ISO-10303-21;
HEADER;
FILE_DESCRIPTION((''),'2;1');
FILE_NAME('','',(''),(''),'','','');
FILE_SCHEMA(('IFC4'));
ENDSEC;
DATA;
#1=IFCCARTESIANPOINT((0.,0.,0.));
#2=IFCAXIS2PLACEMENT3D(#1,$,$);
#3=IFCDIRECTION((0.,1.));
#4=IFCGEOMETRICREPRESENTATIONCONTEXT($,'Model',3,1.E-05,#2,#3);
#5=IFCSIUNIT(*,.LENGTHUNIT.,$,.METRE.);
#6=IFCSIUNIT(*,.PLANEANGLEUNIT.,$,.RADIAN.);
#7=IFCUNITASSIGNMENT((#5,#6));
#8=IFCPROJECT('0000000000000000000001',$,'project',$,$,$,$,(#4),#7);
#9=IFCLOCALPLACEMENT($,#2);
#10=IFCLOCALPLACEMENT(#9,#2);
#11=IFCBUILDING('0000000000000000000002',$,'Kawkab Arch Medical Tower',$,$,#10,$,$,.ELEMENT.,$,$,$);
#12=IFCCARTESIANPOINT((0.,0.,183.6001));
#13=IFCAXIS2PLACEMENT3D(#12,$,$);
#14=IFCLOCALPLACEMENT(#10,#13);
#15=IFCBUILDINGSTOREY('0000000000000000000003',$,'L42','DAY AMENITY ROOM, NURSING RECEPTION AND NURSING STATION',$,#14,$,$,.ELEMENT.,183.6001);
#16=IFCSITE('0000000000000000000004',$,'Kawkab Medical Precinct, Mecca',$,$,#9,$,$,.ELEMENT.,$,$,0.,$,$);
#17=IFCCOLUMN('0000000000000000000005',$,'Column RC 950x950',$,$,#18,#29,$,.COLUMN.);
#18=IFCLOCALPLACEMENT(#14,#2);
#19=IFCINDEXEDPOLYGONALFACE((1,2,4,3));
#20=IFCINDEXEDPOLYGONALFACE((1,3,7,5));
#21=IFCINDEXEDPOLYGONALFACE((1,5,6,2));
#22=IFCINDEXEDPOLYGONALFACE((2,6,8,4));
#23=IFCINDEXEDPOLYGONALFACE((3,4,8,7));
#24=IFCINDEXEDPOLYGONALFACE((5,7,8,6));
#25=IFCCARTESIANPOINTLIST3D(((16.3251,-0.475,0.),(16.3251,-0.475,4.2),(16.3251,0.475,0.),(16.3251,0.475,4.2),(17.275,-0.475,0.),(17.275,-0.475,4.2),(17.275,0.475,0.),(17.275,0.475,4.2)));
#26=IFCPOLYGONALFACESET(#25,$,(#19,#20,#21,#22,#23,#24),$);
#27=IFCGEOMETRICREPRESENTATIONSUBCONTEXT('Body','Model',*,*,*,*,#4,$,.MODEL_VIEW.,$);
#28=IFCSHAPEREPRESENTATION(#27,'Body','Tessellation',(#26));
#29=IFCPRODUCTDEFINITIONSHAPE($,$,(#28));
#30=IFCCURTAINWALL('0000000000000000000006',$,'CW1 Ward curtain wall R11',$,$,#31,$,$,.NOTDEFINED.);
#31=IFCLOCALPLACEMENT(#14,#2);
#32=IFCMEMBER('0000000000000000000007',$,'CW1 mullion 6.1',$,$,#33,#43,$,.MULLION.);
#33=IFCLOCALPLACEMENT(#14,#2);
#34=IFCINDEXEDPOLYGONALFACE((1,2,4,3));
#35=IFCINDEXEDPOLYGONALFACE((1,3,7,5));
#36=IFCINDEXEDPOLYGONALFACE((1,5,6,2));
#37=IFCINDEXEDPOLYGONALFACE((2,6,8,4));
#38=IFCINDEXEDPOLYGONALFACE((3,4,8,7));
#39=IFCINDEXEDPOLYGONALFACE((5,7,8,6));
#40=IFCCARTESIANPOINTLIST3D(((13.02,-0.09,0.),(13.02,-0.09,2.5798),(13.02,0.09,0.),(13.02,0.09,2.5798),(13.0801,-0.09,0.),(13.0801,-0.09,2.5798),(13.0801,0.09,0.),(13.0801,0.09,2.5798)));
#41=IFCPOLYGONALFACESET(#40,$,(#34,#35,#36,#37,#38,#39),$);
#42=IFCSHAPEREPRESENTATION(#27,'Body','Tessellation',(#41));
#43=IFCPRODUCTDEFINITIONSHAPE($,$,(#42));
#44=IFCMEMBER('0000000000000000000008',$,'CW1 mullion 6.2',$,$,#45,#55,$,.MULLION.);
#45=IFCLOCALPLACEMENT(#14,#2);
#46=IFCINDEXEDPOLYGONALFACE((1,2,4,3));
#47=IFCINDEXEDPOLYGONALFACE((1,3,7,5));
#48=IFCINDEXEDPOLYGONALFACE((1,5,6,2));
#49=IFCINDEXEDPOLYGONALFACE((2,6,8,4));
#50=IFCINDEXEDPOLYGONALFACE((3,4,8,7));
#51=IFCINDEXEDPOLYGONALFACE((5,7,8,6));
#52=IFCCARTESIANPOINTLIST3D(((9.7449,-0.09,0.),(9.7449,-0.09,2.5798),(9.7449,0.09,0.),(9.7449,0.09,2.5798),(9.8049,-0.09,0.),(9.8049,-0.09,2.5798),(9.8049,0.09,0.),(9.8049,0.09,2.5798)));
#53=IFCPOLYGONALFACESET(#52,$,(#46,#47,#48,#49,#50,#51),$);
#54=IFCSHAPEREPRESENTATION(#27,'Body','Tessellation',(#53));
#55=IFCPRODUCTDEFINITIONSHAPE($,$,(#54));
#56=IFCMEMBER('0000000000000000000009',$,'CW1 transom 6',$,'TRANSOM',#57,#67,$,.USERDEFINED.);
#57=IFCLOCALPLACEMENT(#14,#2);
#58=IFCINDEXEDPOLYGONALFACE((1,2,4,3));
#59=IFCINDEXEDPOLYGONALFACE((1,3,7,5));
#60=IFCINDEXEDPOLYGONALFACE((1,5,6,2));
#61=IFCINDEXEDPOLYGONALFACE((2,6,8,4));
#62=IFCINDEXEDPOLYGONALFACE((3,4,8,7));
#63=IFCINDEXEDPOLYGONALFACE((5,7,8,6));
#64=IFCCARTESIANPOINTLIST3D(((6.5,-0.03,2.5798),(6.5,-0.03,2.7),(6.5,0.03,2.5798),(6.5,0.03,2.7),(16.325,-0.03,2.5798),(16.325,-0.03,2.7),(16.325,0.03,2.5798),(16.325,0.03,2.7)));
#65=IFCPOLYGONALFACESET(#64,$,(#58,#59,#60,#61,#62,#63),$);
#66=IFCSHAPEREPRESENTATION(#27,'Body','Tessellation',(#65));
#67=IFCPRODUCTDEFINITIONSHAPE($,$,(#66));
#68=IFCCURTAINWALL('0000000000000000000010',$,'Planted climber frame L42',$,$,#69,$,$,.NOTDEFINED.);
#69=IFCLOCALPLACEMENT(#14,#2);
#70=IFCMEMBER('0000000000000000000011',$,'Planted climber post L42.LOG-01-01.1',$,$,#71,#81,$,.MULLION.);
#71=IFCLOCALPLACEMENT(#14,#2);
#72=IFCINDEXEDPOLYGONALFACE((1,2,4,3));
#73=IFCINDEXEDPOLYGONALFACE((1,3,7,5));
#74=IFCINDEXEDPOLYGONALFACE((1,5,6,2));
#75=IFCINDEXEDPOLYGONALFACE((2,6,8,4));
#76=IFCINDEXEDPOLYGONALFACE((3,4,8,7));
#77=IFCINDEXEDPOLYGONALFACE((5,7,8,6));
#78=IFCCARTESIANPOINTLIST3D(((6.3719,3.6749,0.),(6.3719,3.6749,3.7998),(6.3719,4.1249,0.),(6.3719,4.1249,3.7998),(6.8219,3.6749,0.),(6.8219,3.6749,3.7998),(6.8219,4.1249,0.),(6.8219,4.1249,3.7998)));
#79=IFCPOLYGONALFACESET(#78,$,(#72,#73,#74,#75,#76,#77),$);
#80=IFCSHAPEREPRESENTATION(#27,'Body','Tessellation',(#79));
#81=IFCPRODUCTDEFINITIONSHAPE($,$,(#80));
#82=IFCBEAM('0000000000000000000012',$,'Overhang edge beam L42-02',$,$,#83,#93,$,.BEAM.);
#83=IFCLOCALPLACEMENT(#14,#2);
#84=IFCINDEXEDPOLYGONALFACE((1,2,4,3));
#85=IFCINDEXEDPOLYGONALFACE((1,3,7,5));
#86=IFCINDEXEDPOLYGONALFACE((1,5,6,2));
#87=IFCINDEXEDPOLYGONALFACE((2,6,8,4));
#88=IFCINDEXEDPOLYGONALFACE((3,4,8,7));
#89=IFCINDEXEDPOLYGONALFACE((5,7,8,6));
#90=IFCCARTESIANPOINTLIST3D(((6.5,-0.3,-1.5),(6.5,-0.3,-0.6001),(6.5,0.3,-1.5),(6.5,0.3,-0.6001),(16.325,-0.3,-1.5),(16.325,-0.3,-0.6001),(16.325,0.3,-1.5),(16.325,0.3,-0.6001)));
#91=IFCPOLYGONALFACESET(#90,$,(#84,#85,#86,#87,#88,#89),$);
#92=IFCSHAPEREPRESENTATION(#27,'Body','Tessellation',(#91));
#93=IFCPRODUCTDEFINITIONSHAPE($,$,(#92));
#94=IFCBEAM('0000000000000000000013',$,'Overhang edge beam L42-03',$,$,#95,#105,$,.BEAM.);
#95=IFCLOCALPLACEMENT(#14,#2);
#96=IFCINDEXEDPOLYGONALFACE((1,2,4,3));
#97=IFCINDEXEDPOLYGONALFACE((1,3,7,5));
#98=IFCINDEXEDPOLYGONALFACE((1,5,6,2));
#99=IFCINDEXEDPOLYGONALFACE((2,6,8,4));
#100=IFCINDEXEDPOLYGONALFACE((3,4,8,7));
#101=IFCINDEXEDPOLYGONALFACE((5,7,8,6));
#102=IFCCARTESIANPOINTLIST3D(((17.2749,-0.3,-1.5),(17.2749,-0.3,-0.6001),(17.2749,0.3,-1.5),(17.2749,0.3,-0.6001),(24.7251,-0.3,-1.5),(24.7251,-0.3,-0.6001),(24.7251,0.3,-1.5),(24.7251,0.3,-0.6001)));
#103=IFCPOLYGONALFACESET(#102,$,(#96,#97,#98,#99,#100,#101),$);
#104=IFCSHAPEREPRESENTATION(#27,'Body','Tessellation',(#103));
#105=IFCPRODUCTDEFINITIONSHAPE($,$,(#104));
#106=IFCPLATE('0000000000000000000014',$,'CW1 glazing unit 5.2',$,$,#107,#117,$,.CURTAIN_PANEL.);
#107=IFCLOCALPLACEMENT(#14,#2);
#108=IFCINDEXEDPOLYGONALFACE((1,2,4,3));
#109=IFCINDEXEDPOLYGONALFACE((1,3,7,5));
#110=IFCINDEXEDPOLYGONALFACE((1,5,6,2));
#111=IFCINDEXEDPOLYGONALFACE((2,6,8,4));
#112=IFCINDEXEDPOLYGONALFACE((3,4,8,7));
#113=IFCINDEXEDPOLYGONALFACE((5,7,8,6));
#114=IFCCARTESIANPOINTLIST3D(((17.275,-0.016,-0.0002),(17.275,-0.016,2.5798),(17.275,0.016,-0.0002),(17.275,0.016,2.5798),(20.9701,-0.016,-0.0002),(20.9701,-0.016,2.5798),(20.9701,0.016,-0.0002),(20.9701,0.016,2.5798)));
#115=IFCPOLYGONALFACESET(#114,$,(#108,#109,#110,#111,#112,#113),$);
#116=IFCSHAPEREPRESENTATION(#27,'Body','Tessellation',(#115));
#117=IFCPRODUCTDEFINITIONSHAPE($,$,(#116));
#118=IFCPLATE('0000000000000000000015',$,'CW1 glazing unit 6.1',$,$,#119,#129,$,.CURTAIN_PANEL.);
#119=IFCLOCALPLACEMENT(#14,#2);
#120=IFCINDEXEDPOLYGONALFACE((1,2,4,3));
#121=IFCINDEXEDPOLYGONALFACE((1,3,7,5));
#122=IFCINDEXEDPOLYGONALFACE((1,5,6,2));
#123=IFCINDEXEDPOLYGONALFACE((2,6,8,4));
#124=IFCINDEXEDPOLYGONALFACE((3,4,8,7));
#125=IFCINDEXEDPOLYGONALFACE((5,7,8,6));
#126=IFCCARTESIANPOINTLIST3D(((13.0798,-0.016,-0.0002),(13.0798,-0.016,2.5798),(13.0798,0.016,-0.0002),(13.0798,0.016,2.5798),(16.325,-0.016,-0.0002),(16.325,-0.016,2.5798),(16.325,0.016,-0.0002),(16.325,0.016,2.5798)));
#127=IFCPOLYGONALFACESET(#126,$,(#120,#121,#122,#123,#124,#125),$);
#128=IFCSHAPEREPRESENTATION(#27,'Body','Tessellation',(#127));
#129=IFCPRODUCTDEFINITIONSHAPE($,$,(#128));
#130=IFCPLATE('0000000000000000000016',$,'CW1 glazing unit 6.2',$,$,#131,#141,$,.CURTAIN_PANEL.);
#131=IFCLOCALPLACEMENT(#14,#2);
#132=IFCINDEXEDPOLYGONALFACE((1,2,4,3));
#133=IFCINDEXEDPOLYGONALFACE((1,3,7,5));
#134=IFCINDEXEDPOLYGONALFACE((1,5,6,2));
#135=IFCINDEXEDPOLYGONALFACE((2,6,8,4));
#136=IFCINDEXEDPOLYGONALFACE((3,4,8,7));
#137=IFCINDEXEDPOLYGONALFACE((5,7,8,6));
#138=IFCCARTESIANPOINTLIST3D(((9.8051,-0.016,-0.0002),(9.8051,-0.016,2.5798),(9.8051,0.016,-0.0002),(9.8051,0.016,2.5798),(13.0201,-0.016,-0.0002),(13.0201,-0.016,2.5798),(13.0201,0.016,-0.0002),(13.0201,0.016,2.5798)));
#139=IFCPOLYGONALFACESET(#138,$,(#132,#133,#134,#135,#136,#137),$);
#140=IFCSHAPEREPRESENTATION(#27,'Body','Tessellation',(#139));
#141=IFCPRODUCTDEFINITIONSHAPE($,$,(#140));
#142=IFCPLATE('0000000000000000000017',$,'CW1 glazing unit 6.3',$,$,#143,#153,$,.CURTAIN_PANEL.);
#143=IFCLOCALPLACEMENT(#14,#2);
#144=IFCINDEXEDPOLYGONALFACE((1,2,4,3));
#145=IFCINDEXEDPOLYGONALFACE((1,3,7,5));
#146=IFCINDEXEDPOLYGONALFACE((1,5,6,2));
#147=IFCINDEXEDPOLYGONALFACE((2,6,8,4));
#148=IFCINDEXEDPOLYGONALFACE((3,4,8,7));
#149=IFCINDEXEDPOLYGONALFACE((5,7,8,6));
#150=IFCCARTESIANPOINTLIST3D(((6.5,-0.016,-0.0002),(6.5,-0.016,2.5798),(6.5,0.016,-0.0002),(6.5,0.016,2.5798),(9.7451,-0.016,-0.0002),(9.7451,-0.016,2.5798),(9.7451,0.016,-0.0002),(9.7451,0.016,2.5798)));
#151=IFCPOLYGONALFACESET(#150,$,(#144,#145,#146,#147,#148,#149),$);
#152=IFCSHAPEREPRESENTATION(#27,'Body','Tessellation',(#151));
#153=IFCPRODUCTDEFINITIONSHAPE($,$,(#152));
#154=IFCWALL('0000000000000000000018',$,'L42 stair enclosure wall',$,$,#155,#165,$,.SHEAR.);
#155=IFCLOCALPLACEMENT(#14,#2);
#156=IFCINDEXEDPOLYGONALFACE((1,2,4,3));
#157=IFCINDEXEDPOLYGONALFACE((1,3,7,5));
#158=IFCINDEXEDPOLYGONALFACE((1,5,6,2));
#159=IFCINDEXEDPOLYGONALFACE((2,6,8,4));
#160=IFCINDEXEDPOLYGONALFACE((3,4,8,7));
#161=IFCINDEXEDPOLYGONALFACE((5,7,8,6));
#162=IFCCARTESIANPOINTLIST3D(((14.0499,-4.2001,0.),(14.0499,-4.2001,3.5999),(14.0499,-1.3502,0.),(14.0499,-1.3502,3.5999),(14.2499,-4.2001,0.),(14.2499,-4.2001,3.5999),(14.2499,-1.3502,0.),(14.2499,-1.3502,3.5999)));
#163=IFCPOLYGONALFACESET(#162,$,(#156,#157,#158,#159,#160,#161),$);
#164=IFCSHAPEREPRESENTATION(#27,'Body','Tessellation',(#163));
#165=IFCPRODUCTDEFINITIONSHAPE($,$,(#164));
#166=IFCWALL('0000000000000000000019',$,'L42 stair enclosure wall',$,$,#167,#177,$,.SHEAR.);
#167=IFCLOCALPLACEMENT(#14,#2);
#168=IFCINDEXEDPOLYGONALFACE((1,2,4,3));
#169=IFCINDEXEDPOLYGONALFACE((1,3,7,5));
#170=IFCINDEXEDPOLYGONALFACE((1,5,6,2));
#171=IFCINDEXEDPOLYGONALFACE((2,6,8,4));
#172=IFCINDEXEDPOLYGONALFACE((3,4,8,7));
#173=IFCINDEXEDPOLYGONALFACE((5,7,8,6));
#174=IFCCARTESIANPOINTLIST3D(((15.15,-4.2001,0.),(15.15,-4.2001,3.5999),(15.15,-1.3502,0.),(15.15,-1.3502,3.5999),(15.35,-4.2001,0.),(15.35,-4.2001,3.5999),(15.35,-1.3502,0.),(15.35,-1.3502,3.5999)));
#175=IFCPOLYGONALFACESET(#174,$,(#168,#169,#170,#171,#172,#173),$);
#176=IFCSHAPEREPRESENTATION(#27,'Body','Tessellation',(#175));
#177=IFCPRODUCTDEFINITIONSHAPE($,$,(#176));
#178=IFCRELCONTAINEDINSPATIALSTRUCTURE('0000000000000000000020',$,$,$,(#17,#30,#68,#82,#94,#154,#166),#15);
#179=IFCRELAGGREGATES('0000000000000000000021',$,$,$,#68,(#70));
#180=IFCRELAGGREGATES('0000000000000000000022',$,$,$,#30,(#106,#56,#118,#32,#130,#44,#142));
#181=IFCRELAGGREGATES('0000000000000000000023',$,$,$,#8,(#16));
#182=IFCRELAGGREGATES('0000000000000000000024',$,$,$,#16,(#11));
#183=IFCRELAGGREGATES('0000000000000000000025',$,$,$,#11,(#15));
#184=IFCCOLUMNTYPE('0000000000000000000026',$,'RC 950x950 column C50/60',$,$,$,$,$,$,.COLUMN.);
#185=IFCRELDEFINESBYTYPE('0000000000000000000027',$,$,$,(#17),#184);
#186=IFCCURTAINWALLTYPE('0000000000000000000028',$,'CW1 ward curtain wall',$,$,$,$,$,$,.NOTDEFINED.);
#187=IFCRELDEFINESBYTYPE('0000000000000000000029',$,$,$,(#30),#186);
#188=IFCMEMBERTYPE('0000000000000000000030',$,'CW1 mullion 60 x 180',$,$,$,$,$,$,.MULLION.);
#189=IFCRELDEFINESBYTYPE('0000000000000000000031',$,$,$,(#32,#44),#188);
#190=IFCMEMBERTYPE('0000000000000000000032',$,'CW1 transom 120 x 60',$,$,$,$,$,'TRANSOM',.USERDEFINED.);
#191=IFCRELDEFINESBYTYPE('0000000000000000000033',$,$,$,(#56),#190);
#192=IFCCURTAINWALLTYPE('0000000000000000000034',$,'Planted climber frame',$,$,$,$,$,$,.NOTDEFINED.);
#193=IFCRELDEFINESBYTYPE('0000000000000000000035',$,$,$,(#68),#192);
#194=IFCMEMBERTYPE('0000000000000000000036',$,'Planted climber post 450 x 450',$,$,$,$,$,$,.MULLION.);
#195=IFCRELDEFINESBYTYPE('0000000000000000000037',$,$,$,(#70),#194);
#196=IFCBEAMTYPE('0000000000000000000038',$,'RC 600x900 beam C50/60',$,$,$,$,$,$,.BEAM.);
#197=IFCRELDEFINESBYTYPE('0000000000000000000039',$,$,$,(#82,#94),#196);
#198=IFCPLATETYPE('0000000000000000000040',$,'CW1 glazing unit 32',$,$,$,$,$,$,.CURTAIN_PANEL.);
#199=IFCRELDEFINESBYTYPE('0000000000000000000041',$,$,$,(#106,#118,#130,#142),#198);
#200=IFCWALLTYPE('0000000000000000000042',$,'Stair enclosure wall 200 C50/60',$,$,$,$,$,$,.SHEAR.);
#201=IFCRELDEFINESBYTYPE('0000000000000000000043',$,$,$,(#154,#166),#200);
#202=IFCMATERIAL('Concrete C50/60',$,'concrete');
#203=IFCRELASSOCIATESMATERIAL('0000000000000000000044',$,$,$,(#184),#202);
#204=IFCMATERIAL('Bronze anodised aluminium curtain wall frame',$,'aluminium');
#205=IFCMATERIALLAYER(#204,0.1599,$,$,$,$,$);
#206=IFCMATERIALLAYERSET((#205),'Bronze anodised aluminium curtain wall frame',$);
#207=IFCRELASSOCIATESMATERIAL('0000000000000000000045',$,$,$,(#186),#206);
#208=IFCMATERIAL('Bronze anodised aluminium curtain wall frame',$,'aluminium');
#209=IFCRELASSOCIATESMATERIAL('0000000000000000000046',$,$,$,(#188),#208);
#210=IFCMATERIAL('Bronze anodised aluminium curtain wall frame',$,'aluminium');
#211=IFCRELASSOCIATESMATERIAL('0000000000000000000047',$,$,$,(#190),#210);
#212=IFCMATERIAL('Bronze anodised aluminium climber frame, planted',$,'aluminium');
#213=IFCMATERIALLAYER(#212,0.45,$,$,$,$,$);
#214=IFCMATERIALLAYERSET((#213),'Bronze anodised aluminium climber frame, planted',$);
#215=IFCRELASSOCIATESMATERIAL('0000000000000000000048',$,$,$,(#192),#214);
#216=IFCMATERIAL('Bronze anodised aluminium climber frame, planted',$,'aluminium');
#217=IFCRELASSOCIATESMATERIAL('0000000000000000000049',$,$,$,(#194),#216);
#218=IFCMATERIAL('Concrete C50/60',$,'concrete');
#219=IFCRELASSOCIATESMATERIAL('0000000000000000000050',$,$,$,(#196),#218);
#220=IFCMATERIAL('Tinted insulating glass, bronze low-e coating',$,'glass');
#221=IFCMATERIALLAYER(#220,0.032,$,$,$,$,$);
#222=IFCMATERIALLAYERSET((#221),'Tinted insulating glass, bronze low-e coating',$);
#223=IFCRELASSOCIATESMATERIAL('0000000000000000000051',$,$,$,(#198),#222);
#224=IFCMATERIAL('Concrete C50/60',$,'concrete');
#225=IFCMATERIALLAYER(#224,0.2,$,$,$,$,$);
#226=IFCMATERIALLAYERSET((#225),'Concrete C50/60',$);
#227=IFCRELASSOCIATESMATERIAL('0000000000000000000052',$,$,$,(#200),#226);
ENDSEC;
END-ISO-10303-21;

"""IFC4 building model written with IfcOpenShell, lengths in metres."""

from ifc_helpers import new_model, si_unit, direction, frame, frame_2d, origin, origin_2d, place, context, subcontext, project, spatial, rectangle, extrude, material, layer, layer_set, material_profile, profile_set, type_object, element, aggregate, save


model = new_model("IFC4")

# Units and contexts
model_context = context("Model", 3, precision=1e-05, world=origin(), true_north=direction((0.0, 1.0)))
body_context = subcontext(model_context, "Body", "Model", "MODEL_VIEW")
ifc_project = project(units=[si_unit("LENGTHUNIT", "METRE"), si_unit("PLANEANGLEUNIT", "RADIAN")], contexts=[model_context])

# Site, building, storey
site_placement = place(None, origin())
site = spatial("IfcSite", under=ifc_project, at=site_placement, Name="Kawkab Medical Precinct, Mecca", CompositionType="ELEMENT", RefElevation=0.0)
building_placement = place(site_placement, origin())
building = spatial("IfcBuilding", under=site, at=building_placement, Name="Kawkab Arch Medical Tower", CompositionType="ELEMENT")
storey_placement = place(building_placement, frame((0.0, 0.0, 183.6001)))
storey = spatial("IfcBuildingStorey", under=building, at=storey_placement, Name="L42", Description="DAY AMENITY ROOM, NURSING RECEPTION AND NURSING STATION", CompositionType="ELEMENT", Elevation=183.6001)

# Column
ifc_material_1 = material(Name="Concrete C50/60", Category="concrete")
ifc_material_profile_1 = material_profile(ifc_material_1, rectangle(XDim=0.95, YDim=0.95, at=origin_2d()), Name="RC 950x950")
ifc_profile_set_1 = profile_set([ifc_material_profile_1], Name="Concrete C50/60")
column_type = type_object("IfcColumnType", Name="RC 950x950 column C50/60", PredefinedType="COLUMN", material=ifc_profile_set_1)
column_placement = place(storey_placement, frame((16.8, 0.0, 0.0), z_axis=(0.0, 0.0, 1.0), x_axis=(1.0, 0.0, 0.0)))
element("IfcColumn", 1, at=column_placement, inside=storey, type_object=column_type, Name="Column RC 950x950", PredefinedType="COLUMN", context=body_context, shape_type="SweptSolid", body=[
    extrude(rectangle(XDim=0.95, YDim=0.95, at=origin_2d()), origin(), (0.0, 0.0, 1.0), 4.2),
])

# Curtain wall, members
ifc_material_2 = material(Name="Bronze anodised aluminium curtain wall frame", Category="aluminium")
ifc_layer_1 = layer(ifc_material_2, 0.1599)
ifc_layer_set_1 = layer_set([ifc_layer_1], Name="Bronze anodised aluminium curtain wall frame")
curtain_wall_type_1 = type_object("IfcCurtainWallType", Name="CW1 ward curtain wall", PredefinedType="NOTDEFINED", material=ifc_layer_set_1)
placement = place(storey_placement, origin())
curtain_wall_1 = element("IfcCurtainWall", 2, at=placement, inside=storey, type_object=curtain_wall_type_1, Name="CW1 Ward curtain wall R11", PredefinedType="NOTDEFINED")
ifc_material_3 = material(Name="Bronze anodised aluminium curtain wall frame", Category="aluminium")
ifc_material_profile_2 = material_profile(ifc_material_3, rectangle(XDim=0.1799, YDim=0.0601, at=origin_2d()), Name="AL 60x180")
ifc_profile_set_2 = profile_set([ifc_material_profile_2], Name="Bronze anodised aluminium curtain wall frame")
member_type_1 = type_object("IfcMemberType", Name="CW1 mullion 60 x 180", PredefinedType="MULLION", material=ifc_profile_set_2)
member_1_placement = place(storey_placement, frame((13.05, 0.0, 0.0), z_axis=(0.0, 0.0, 1.0), x_axis=(0.0, -1.0, 0.0)))
member_1 = element("IfcMember", 3, at=member_1_placement, type_object=member_type_1, Name="CW1 mullion 6.1", PredefinedType="MULLION", context=body_context, shape_type="SweptSolid", body=[
    extrude(rectangle(XDim=0.1799, YDim=0.0601, at=origin_2d()), origin(), (0.0, 0.0, 1.0), 2.5798),
])
member_2_placement = place(storey_placement, frame((9.7749, 0.0, 0.0), z_axis=(0.0, 0.0, 1.0), x_axis=(0.0, -1.0, 0.0)))
member_2 = element("IfcMember", 4, at=member_2_placement, type_object=member_type_1, Name="CW1 mullion 6.2", PredefinedType="MULLION", context=body_context, shape_type="SweptSolid", body=[
    extrude(rectangle(XDim=0.1799, YDim=0.0601, at=origin_2d()), origin(), (0.0, 0.0, 1.0), 2.5798),
])
ifc_material_4 = material(Name="Bronze anodised aluminium curtain wall frame", Category="aluminium")
ifc_material_profile_3 = material_profile(ifc_material_4, rectangle(XDim=0.0601, YDim=0.1201, at=origin_2d()), Name="AL 60x120")
ifc_profile_set_3 = profile_set([ifc_material_profile_3], Name="Bronze anodised aluminium curtain wall frame")
member_type_2 = type_object("IfcMemberType", Name="CW1 transom 120 x 60", ElementType="TRANSOM", PredefinedType="USERDEFINED", material=ifc_profile_set_3)
member_3_placement = place(storey_placement, frame((16.325, 0.0, 2.6399), z_axis=(-1.0, 0.0, 0.0), x_axis=(0.0, -1.0, 0.0)))
member_3 = element("IfcMember", 5, at=member_3_placement, type_object=member_type_2, Name="CW1 transom 6", ObjectType="TRANSOM", PredefinedType="USERDEFINED", context=body_context, shape_type="SweptSolid", body=[
    extrude(rectangle(XDim=0.0601, YDim=0.1201, at=origin_2d()), origin(), (0.0, 0.0, 1.0), 9.825),
])

# Curtain wall, member
ifc_material_5 = material(Name="Bronze anodised aluminium climber frame, planted", Category="aluminium")
ifc_layer_2 = layer(ifc_material_5, 0.45)
ifc_layer_set_2 = layer_set([ifc_layer_2], Name="Bronze anodised aluminium climber frame, planted")
curtain_wall_type_2 = type_object("IfcCurtainWallType", Name="Planted climber frame", PredefinedType="NOTDEFINED", material=ifc_layer_set_2)
curtain_wall_2 = element("IfcCurtainWall", 6, at=placement, inside=storey, type_object=curtain_wall_type_2, Name="Planted climber frame L42", PredefinedType="NOTDEFINED")
ifc_material_6 = material(Name="Bronze anodised aluminium climber frame, planted", Category="aluminium")
ifc_material_profile_4 = material_profile(ifc_material_6, rectangle(XDim=0.45, YDim=0.45, at=origin_2d()), Name="Post 450x450")
ifc_profile_set_4 = profile_set([ifc_material_profile_4], Name="Bronze anodised aluminium climber frame, planted")
member_type_3 = type_object("IfcMemberType", Name="Planted climber post 450 x 450", PredefinedType="MULLION", material=ifc_profile_set_4)
member_4_placement = place(storey_placement, frame((6.5969, 3.8999, 0.0), z_axis=(0.0, 0.0, 1.0), x_axis=(1.0, 0.0, 0.0)))
member_4 = element("IfcMember", 7, at=member_4_placement, type_object=member_type_3, Name="Planted climber post L42.LOG-01-01.1", PredefinedType="MULLION", context=body_context, shape_type="SweptSolid", body=[
    extrude(rectangle(XDim=0.45, YDim=0.45, at=origin_2d()), origin(), (0.0, 0.0, 1.0), 3.7998),
])
aggregate(curtain_wall_2, [member_4])

# Beams
ifc_material_7 = material(Name="Concrete C50/60", Category="concrete")
ifc_material_profile_5 = material_profile(ifc_material_7, rectangle(XDim=0.6001, YDim=0.8999, at=origin_2d()), Name="RC 600x900")
ifc_profile_set_5 = profile_set([ifc_material_profile_5], Name="Concrete C50/60")
beam_type = type_object("IfcBeamType", Name="RC 600x900 beam C50/60", PredefinedType="BEAM", material=ifc_profile_set_5)
beam_1_placement = place(storey_placement, frame((6.5, 0.0, -1.05), z_axis=(1.0, 0.0, 0.0), x_axis=(0.0, 1.0, 0.0)))
element("IfcBeam", 8, at=beam_1_placement, inside=storey, type_object=beam_type, Name="Overhang edge beam L42-02", PredefinedType="BEAM", context=body_context, shape_type="SweptSolid", body=[
    extrude(rectangle(XDim=0.6001, YDim=0.8999, at=origin_2d()), origin(), (0.0, 0.0, 1.0), 9.825),
])
beam_2_placement = place(storey_placement, frame((17.2749, 0.0, -1.05), z_axis=(1.0, 0.0, 0.0), x_axis=(0.0, 1.0, 0.0)))
element("IfcBeam", 9, at=beam_2_placement, inside=storey, type_object=beam_type, Name="Overhang edge beam L42-03", PredefinedType="BEAM", context=body_context, shape_type="SweptSolid", body=[
    extrude(rectangle(XDim=0.6001, YDim=0.8999, at=origin_2d()), origin(), (0.0, 0.0, 1.0), 7.4502),
])

# Plates
ifc_material_8 = material(Name="Tinted insulating glass, bronze low-e coating", Category="glass")
ifc_layer_3 = layer(ifc_material_8, 0.032)
ifc_layer_set_3 = layer_set([ifc_layer_3], Name="Tinted insulating glass, bronze low-e coating")
plate_type = type_object("IfcPlateType", Name="CW1 glazing unit 32", PredefinedType="CURTAIN_PANEL", material=ifc_layer_set_3)
plate_1_placement = place(storey_placement, frame((19.1226, 0.0, -0.0002), z_axis=(0.0, 0.0, 1.0), x_axis=(-1.0, 0.0, 0.0)))
plate_1 = element("IfcPlate", 10, at=plate_1_placement, type_object=plate_type, Name="CW1 glazing unit 5.2", PredefinedType="CURTAIN_PANEL", context=body_context, shape_type="SweptSolid", body=[
    extrude(rectangle(XDim=3.6951, YDim=0.032, at=origin_2d()), origin(), (0.0, 0.0, 1.0), 2.5801),
])
plate_2_placement = place(storey_placement, frame((14.7024, 0.0, -0.0002), z_axis=(0.0, 0.0, 1.0), x_axis=(-1.0, 0.0, 0.0)))
plate_2 = element("IfcPlate", 11, at=plate_2_placement, type_object=plate_type, Name="CW1 glazing unit 6.1", PredefinedType="CURTAIN_PANEL", context=body_context, shape_type="SweptSolid", body=[
    extrude(rectangle(XDim=3.2451, YDim=0.032, at=origin_2d()), origin(), (0.0, 0.0, 1.0), 2.5801),
])
plate_3_placement = place(storey_placement, frame((11.4126, 0.0, -0.0002), z_axis=(0.0, 0.0, 1.0), x_axis=(-1.0, 0.0, 0.0)))
plate_3 = element("IfcPlate", 12, at=plate_3_placement, type_object=plate_type, Name="CW1 glazing unit 6.2", PredefinedType="CURTAIN_PANEL", context=body_context, shape_type="SweptSolid", body=[
    extrude(rectangle(XDim=3.2151, YDim=0.032, at=origin_2d()), origin(), (0.0, 0.0, 1.0), 2.5801),
])
plate_4_placement = place(storey_placement, frame((8.1226, 0.0, -0.0002), z_axis=(0.0, 0.0, 1.0), x_axis=(-1.0, 0.0, 0.0)))
plate_4 = element("IfcPlate", 13, at=plate_4_placement, type_object=plate_type, Name="CW1 glazing unit 6.3", PredefinedType="CURTAIN_PANEL", context=body_context, shape_type="SweptSolid", body=[
    extrude(rectangle(XDim=3.2451, YDim=0.032, at=origin_2d()), origin(), (0.0, 0.0, 1.0), 2.5801),
])
aggregate(curtain_wall_1, [plate_1, member_3, plate_2, member_1, plate_3, member_2, plate_4])

# Walls
ifc_material_9 = material(Name="Concrete C50/60", Category="concrete")
ifc_layer_4 = layer(ifc_material_9, 0.2)
ifc_layer_set_4 = layer_set([ifc_layer_4], Name="Concrete C50/60")
wall_type_1 = type_object("IfcWallType", Name="Stair enclosure wall 200 C50/60", PredefinedType="SHEAR", material=ifc_layer_set_4)
for number, where, z_axis, x_axis, name in (
    (14, (14.1499, -4.2, 0.0), (0.0, 0.0, 1.0), (0.0, 1.0, 0.0), "L42 stair enclosure wall"),
    (15, (15.25, -4.2, 0.0), (0.0, 0.0, 1.0), (0.0, 1.0, 0.0), "L42 stair enclosure wall"),
):
    element("IfcWall", number, at=place(storey_placement, frame(where, z_axis=z_axis, x_axis=x_axis)), inside=storey, type_object=wall_type_1, Name=name, PredefinedType="SHEAR", context=body_context, shape_type="SweptSolid", body=[
        extrude(rectangle(XDim=2.8499, YDim=0.2, at=frame_2d((1.4248, 0.0))), origin(), (0.0, 0.0, 1.0), 3.5999),
    ])

save(model, "model.ifc")
